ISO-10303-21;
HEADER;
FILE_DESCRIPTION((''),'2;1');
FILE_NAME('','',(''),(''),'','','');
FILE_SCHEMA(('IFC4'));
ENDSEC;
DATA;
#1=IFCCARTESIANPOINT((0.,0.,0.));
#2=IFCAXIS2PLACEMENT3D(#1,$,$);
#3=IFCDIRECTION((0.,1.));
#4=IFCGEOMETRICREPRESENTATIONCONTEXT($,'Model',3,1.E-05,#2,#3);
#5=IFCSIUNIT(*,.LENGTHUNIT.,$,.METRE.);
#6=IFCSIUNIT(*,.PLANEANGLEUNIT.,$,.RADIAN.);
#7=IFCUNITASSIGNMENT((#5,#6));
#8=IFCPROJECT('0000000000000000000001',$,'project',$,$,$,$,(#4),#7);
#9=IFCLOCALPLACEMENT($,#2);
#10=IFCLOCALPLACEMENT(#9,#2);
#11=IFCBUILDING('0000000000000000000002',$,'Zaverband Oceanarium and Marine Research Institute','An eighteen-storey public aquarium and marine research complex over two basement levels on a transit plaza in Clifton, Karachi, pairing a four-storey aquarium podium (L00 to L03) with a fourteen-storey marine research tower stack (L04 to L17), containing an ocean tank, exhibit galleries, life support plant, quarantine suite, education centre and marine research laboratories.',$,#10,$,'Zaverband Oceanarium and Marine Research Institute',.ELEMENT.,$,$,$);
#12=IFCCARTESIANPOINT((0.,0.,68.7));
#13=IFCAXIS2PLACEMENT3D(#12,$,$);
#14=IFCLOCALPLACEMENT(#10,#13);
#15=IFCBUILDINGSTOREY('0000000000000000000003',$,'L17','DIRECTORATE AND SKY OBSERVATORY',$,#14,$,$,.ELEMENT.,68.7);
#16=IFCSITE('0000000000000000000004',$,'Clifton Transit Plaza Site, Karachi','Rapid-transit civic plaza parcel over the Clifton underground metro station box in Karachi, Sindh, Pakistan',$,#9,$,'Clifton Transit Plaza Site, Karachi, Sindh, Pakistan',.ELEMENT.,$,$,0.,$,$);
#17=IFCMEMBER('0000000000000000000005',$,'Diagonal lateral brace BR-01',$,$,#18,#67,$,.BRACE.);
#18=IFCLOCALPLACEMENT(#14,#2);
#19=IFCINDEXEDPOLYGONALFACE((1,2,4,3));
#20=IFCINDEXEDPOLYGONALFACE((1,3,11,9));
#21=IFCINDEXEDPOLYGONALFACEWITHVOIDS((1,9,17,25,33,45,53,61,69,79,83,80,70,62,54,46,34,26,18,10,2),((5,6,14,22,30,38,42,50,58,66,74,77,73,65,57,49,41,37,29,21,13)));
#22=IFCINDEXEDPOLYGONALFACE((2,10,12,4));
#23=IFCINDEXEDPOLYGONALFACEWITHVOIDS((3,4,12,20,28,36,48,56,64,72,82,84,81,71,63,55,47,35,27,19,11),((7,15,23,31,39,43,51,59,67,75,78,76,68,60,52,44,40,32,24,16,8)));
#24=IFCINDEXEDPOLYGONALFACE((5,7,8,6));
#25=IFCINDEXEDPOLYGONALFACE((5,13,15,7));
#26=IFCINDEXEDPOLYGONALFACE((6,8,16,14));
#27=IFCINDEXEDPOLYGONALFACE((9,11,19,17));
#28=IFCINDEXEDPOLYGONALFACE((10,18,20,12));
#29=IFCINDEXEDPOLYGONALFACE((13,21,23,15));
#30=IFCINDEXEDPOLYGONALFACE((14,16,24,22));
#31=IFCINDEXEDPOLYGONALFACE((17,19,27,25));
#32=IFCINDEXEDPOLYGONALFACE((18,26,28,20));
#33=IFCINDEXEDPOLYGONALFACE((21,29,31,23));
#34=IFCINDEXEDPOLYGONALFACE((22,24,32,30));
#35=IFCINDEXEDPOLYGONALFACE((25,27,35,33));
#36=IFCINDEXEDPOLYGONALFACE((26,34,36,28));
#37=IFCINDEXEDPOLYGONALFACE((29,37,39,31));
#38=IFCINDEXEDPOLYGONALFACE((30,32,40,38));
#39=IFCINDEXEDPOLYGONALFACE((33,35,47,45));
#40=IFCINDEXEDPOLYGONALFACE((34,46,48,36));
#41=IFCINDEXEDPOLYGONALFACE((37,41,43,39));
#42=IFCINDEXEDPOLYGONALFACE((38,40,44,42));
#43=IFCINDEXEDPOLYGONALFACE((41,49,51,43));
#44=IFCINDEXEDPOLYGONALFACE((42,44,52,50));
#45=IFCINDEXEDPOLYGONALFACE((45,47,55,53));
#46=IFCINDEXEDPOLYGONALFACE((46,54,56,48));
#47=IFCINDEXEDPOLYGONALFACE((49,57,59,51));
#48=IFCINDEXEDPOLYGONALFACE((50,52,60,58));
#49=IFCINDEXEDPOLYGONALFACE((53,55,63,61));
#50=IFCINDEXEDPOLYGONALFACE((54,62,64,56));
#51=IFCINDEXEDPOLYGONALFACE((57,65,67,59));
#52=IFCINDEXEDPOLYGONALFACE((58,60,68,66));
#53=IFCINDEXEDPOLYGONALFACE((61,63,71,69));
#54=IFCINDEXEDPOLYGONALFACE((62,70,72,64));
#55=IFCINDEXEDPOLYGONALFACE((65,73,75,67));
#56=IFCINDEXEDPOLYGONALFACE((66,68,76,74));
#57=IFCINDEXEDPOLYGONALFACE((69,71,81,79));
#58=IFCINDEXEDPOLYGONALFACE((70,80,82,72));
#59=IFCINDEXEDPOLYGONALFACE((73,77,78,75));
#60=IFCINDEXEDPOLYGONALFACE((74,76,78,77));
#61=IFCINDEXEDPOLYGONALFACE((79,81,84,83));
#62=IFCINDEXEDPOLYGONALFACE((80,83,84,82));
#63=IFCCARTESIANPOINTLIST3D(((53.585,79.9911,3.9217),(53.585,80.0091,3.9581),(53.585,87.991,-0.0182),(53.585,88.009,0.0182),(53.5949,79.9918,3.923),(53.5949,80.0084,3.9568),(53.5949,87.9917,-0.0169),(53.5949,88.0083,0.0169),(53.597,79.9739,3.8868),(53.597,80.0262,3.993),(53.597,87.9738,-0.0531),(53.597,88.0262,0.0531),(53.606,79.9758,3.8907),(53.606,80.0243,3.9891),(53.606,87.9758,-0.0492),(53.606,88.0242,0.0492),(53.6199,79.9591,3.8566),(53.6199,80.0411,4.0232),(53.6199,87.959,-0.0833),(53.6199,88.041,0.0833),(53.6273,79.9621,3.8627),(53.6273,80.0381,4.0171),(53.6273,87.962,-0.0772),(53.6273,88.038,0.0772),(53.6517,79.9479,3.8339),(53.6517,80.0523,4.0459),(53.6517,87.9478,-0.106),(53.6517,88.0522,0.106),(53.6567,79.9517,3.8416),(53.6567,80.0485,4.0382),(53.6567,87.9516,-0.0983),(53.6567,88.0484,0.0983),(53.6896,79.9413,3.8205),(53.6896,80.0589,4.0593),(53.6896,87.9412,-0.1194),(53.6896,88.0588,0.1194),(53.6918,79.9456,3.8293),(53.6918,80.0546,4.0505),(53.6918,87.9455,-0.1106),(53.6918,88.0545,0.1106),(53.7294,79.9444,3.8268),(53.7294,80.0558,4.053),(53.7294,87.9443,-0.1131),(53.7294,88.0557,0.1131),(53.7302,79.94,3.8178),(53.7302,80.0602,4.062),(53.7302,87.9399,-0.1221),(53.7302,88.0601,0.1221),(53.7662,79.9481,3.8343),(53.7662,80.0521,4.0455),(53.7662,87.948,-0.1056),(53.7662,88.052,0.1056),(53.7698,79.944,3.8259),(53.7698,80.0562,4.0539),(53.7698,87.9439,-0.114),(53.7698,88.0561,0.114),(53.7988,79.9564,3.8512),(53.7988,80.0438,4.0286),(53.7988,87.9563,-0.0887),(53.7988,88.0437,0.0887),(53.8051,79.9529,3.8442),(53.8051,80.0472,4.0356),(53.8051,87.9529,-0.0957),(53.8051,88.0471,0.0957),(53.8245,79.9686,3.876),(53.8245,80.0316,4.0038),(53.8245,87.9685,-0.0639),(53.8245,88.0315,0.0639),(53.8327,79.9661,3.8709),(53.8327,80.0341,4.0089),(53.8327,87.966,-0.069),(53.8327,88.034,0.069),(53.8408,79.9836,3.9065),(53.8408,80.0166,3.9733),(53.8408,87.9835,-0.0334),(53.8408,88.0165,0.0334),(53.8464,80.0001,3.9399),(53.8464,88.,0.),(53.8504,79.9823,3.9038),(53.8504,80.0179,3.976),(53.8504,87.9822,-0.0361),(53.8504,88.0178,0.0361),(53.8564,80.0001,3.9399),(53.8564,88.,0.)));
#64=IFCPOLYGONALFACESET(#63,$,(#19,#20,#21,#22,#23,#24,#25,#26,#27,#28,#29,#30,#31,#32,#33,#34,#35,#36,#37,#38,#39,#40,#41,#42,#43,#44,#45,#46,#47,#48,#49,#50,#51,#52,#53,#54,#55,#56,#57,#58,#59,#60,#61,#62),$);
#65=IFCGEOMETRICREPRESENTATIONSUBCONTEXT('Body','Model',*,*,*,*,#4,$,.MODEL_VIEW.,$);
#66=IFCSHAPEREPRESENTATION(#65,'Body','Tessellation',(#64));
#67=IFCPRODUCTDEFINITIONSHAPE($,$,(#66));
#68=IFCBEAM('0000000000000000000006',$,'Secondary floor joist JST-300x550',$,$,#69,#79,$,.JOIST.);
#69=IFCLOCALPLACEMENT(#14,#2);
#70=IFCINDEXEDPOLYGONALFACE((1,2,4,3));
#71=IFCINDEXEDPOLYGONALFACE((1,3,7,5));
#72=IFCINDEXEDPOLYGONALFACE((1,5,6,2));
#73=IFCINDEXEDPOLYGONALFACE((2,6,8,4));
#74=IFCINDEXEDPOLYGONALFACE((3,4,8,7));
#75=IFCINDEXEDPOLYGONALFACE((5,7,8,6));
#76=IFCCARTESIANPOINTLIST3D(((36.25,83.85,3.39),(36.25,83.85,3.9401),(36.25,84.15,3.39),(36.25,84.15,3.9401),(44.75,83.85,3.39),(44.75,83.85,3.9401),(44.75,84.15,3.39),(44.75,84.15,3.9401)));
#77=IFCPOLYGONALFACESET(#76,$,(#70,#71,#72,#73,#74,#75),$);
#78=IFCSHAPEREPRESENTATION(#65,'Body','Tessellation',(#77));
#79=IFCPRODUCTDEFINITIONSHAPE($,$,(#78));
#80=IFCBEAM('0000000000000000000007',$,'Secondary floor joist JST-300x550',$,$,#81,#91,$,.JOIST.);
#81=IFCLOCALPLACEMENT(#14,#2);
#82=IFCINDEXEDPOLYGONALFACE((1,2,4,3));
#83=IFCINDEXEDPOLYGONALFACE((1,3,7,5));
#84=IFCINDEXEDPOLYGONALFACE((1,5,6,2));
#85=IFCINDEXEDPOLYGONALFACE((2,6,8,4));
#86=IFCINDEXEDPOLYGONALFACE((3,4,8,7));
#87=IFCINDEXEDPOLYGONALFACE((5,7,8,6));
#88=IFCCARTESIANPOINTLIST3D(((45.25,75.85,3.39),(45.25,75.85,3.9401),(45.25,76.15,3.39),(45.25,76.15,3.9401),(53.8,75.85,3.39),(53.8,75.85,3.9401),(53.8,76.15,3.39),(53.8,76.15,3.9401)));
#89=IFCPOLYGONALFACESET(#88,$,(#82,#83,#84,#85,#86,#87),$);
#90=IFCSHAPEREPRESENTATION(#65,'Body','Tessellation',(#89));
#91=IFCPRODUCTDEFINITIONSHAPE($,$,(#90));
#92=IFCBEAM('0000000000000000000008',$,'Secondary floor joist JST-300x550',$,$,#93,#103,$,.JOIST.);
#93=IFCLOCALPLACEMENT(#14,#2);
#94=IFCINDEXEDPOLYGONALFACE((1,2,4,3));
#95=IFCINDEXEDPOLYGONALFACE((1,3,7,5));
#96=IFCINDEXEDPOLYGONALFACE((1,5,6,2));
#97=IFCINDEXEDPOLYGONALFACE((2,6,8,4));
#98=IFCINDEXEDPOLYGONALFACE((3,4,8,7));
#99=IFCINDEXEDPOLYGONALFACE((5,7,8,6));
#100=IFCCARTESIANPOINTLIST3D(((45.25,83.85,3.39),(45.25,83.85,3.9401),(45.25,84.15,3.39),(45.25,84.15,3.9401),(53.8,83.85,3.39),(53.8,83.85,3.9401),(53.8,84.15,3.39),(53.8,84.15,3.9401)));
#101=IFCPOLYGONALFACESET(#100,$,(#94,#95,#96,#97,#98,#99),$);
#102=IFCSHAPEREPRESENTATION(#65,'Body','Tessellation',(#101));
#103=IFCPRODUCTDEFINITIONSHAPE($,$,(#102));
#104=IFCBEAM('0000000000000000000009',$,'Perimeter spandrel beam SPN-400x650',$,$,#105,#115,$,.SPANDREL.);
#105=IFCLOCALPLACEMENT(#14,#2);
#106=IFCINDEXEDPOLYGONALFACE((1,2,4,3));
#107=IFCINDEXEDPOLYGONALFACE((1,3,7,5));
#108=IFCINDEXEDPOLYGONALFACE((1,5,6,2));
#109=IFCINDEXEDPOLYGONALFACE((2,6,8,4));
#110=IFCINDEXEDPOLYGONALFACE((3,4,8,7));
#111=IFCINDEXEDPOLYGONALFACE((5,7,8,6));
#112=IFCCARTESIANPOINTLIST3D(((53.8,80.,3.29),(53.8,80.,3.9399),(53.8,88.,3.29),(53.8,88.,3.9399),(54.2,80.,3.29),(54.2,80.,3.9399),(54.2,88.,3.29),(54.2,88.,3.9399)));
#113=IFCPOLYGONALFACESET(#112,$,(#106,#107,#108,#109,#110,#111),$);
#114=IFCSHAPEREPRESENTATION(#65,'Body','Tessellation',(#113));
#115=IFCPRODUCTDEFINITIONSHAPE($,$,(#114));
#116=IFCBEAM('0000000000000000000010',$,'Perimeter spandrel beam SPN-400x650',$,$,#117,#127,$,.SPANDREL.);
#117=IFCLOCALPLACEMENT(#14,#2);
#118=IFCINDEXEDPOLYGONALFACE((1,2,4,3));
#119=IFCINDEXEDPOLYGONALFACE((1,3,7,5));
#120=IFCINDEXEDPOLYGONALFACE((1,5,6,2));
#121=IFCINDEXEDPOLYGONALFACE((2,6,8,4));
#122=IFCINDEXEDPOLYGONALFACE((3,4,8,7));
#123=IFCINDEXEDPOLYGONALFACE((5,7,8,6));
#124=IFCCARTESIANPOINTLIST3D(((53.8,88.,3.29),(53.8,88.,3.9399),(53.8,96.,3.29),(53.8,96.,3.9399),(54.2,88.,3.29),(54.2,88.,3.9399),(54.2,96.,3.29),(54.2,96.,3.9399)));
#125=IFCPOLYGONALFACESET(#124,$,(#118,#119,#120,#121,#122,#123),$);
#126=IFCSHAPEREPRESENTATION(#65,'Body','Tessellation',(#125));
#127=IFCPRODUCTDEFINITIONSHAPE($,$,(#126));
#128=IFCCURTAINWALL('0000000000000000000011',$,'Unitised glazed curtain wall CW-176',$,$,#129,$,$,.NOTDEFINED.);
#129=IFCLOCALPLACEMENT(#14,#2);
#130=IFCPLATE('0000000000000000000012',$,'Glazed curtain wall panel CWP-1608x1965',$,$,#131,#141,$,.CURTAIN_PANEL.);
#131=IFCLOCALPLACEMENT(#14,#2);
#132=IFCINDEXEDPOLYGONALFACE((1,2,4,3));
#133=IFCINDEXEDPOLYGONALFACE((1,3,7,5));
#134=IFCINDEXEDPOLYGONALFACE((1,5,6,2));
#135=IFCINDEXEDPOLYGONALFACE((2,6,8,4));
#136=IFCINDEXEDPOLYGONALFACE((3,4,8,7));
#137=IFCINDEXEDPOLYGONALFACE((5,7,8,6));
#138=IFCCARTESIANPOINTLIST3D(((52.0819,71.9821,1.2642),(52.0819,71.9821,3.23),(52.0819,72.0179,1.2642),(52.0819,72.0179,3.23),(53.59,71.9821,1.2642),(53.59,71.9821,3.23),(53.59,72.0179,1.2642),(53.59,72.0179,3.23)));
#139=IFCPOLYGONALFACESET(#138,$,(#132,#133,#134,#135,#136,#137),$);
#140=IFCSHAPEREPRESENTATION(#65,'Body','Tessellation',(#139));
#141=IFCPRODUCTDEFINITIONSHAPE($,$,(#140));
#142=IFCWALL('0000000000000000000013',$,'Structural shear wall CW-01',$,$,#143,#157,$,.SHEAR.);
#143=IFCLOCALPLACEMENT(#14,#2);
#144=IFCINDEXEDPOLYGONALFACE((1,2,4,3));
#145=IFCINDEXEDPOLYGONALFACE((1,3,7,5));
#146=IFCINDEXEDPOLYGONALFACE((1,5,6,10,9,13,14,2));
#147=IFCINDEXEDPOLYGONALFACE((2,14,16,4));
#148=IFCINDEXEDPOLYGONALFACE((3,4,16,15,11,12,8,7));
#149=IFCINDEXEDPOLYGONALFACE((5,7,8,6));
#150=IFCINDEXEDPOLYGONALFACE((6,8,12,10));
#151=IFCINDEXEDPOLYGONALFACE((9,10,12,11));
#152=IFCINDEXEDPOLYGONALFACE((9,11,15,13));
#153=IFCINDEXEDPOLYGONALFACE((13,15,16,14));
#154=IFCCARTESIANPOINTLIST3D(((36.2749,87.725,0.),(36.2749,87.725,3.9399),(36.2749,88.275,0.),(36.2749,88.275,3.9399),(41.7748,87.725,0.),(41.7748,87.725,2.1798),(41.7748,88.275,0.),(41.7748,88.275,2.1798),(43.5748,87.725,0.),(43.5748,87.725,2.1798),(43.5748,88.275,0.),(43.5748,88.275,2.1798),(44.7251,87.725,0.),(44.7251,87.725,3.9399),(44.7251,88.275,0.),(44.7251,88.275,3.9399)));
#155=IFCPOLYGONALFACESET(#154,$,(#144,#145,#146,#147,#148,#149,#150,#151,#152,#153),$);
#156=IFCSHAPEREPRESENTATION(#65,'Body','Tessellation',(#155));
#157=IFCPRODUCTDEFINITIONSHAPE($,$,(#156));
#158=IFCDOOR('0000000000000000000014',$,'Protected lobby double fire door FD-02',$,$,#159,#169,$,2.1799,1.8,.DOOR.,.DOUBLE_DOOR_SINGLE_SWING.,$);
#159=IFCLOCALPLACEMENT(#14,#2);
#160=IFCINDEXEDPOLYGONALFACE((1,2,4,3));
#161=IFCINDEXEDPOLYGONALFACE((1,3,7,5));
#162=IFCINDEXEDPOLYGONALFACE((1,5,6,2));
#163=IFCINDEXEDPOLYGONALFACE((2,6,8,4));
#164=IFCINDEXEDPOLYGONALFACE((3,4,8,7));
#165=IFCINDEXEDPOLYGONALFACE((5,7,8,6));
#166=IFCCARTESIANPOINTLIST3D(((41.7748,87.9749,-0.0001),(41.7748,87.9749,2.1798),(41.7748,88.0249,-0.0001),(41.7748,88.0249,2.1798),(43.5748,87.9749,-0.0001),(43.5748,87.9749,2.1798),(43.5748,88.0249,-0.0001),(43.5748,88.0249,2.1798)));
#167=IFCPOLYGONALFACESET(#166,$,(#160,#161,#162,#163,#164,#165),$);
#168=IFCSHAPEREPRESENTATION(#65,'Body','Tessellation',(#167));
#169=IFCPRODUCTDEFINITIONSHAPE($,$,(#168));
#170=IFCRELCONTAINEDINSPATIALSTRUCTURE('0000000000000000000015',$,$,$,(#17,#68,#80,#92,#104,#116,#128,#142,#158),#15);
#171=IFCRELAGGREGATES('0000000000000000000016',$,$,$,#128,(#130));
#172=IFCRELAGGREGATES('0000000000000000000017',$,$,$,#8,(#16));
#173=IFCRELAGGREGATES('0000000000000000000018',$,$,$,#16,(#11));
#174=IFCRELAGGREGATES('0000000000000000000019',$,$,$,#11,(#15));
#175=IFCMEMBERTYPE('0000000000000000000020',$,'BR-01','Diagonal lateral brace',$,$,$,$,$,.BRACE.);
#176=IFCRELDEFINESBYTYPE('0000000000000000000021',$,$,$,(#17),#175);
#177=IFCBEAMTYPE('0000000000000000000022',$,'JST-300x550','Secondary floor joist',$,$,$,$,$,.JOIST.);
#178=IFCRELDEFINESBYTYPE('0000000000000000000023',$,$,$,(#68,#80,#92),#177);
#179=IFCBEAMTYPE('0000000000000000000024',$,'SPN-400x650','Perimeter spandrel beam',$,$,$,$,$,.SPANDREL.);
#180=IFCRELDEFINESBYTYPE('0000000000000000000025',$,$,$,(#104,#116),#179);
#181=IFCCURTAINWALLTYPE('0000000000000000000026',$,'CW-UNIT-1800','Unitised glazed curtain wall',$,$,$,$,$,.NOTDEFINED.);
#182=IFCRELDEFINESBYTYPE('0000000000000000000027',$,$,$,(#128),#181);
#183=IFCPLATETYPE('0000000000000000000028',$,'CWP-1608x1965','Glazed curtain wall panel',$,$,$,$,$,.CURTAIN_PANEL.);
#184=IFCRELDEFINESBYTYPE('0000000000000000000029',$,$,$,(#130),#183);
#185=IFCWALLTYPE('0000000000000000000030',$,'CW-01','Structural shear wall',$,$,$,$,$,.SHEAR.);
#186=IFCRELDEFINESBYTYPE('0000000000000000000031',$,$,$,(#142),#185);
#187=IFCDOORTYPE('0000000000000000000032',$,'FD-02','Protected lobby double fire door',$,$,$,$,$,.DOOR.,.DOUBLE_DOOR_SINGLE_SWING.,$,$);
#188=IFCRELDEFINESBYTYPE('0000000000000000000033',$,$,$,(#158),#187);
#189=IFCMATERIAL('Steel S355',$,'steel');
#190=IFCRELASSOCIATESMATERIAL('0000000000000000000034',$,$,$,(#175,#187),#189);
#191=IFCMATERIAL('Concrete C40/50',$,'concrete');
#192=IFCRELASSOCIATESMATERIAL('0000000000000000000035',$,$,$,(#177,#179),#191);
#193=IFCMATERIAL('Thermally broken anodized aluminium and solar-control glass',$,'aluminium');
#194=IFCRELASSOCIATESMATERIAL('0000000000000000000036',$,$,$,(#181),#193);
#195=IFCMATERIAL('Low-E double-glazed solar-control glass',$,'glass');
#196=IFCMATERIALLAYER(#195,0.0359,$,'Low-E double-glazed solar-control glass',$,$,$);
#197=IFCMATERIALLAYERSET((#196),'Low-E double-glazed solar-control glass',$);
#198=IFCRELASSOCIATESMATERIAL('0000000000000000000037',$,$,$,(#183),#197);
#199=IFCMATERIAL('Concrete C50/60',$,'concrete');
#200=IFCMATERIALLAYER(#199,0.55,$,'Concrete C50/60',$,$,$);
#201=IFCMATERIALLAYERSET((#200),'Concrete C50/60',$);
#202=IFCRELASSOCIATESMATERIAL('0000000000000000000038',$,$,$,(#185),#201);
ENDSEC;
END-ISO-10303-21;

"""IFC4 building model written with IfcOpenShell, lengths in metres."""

from ifc_helpers import new_model, si_unit, direction, frame, frame_2d, origin, origin_2d, place, context, subcontext, project, spatial, rectangle, hollow_circle, extrude, material, layer, layer_set, material_profile, profile_set, type_object, element, fill, aggregate, save


model = new_model("IFC4")

# Units and contexts
model_context = context("Model", 3, precision=1e-05, world=origin(), true_north=direction((0.0, 1.0)))
body_context = subcontext(model_context, "Body", "Model", "MODEL_VIEW")
ifc_project = project(units=[si_unit("LENGTHUNIT", "METRE"), si_unit("PLANEANGLEUNIT", "RADIAN")], contexts=[model_context])

# Site, building, storey
site_placement = place(None, origin())
site = spatial("IfcSite", under=ifc_project, at=site_placement, Name="Clifton Transit Plaza Site, Karachi", Description="Rapid-transit civic plaza parcel over the Clifton underground metro station box in Karachi, Sindh, Pakistan", LongName="Clifton Transit Plaza Site, Karachi, Sindh, Pakistan", CompositionType="ELEMENT", RefElevation=0.0)
building_placement = place(site_placement, origin())
building = spatial("IfcBuilding", under=site, at=building_placement, Name="Zaverband Oceanarium and Marine Research Institute", Description="An eighteen-storey public aquarium and marine research complex over two basement levels on a transit plaza in Clifton, Karachi, pairing a four-storey aquarium podium (L00 to L03) with a fourteen-storey marine research tower stack (L04 to L17), containing an ocean tank, exhibit galleries, life support plant, quarantine suite, education centre and marine research laboratories.", LongName="Zaverband Oceanarium and Marine Research Institute", CompositionType="ELEMENT")
storey_placement = place(building_placement, frame((0.0, 0.0, 68.7)))
storey = spatial("IfcBuildingStorey", under=building, at=storey_placement, Name="L17", Description="DIRECTORATE AND SKY OBSERVATORY", CompositionType="ELEMENT", Elevation=68.7)

# Shared definitions
ifc_material_1 = material(Name="Concrete C50/60", Category="concrete")

# Shared definitions
ifc_material_2 = material(Name="Concrete C40/50", Category="concrete")

# Member
ifc_material_3 = material(Name="Steel S355", Category="steel")
ifc_material_profile_1 = material_profile(ifc_material_3, hollow_circle(Radius=0.1365, WallThickness=0.01, at=origin_2d()), Name="CHS273x10")
ifc_profile_set_1 = profile_set([ifc_material_profile_1], Name="Steel S355")
member_type = type_object("IfcMemberType", Name="BR-01", Description="Diagonal lateral brace", PredefinedType="BRACE", material=ifc_profile_set_1)
for number, where, z_axis, x_axis, name in (
    (1, (53.72, 88.0, 0.0), (0.0, -0.897105, 0.441818), (1.0, 0.0, 0.0), "Diagonal lateral brace BR-01"),
):
    element("IfcMember", number, at=place(storey_placement, frame(where, z_axis=z_axis, x_axis=x_axis)), inside=storey, type_object=member_type, Name=name, PredefinedType="BRACE", context=body_context, shape_type="SweptSolid", body=[
        extrude(hollow_circle(Radius=0.1365, WallThickness=0.01, at=origin_2d()), origin(), (0.0, 0.0, 1.0), 8.9175),
    ])

# Beams
ifc_material_profile_2 = material_profile(ifc_material_2, rectangle(XDim=0.3, YDim=0.55, at=origin_2d()), Name="RC300x550")
ifc_profile_set_2 = profile_set([ifc_material_profile_2], Name="Concrete C40/50")
beam_type_1 = type_object("IfcBeamType", Name="JST-300x550", Description="Secondary floor joist", PredefinedType="JOIST", material=ifc_profile_set_2)
beam_placement = place(storey_placement, frame((36.25, 84.0, 3.665), z_axis=(1.0, 0.0, 0.0), x_axis=(0.0, 1.0, 0.0)))
element("IfcBeam", 2, at=beam_placement, inside=storey, type_object=beam_type_1, Name="Secondary floor joist JST-300x550", PredefinedType="JOIST", context=body_context, shape_type="SweptSolid", body=[
    extrude(rectangle(XDim=0.3, YDim=0.55, at=origin_2d()), origin(), (0.0, 0.0, 1.0), 8.5),
])
for number, where, z_axis, x_axis, name in (
    (3, (45.25, 76.0, 3.665), (1.0, 0.0, 0.0), (0.0, 1.0, 0.0), "Secondary floor joist JST-300x550"),
    (4, (45.25, 84.0, 3.665), (1.0, 0.0, 0.0), (0.0, 1.0, 0.0), "Secondary floor joist JST-300x550"),
):
    element("IfcBeam", number, at=place(storey_placement, frame(where, z_axis=z_axis, x_axis=x_axis)), inside=storey, type_object=beam_type_1, Name=name, PredefinedType="JOIST", context=body_context, shape_type="SweptSolid", body=[
        extrude(rectangle(XDim=0.3, YDim=0.55, at=origin_2d()), origin(), (0.0, 0.0, 1.0), 8.55),
    ])
ifc_material_profile_3 = material_profile(ifc_material_2, rectangle(XDim=0.3999, YDim=0.6499, at=origin_2d()), Name="RC400x650")
ifc_profile_set_3 = profile_set([ifc_material_profile_3], Name="Concrete C40/50")
beam_type_2 = type_object("IfcBeamType", Name="SPN-400x650", Description="Perimeter spandrel beam", PredefinedType="SPANDREL", material=ifc_profile_set_3)
for number, where, z_axis, x_axis, name in (
    (5, (54.0, 80.0, 3.615), (0.0, 1.0, 0.0), (-1.0, 0.0, 0.0), "Perimeter spandrel beam SPN-400x650"),
    (6, (54.0, 88.0, 3.615), (0.0, 1.0, 0.0), (-1.0, 0.0, 0.0), "Perimeter spandrel beam SPN-400x650"),
):
    element("IfcBeam", number, at=place(storey_placement, frame(where, z_axis=z_axis, x_axis=x_axis)), inside=storey, type_object=beam_type_2, Name=name, PredefinedType="SPANDREL", context=body_context, shape_type="SweptSolid", body=[
        extrude(rectangle(XDim=0.3999, YDim=0.6499, at=origin_2d()), origin(), (0.0, 0.0, 1.0), 8.0),
    ])

# Curtain wall, plate
ifc_material_4 = material(Name="Thermally broken anodized aluminium and solar-control glass", Category="aluminium")
curtain_wall_type = type_object("IfcCurtainWallType", Name="CW-UNIT-1800", Description="Unitised glazed curtain wall", PredefinedType="NOTDEFINED", material=ifc_material_4)
curtain_wall_placement = place(storey_placement, origin())
curtain_wall = element("IfcCurtainWall", 7, at=curtain_wall_placement, inside=storey, type_object=curtain_wall_type, Name="Unitised glazed curtain wall CW-176", PredefinedType="NOTDEFINED")
ifc_material_5 = material(Name="Low-E double-glazed solar-control glass", Category="glass")
ifc_layer_1 = layer(ifc_material_5, 0.0359, Name="Low-E double-glazed solar-control glass")
ifc_layer_set_1 = layer_set([ifc_layer_1], Name="Low-E double-glazed solar-control glass")
plate_type = type_object("IfcPlateType", Name="CWP-1608x1965", Description="Glazed curtain wall panel", PredefinedType="CURTAIN_PANEL", material=ifc_layer_set_1)
plate_placement = place(storey_placement, frame((52.082, 72.0, 1.2642), z_axis=(0.0, 0.0, 1.0), x_axis=(1.0, 0.0, 0.0)))
plate = element("IfcPlate", 8, at=plate_placement, type_object=plate_type, Name="Glazed curtain wall panel CWP-1608x1965", PredefinedType="CURTAIN_PANEL", context=body_context, shape_type="SweptSolid", body=[
    extrude(rectangle(XDim=1.5081, YDim=0.0359, at=frame_2d((0.7539, 0.0))), origin(), (0.0, 0.0, 1.0), 1.9658),
])
aggregate(curtain_wall, [plate])

# Wall, opening, door
ifc_layer_2 = layer(ifc_material_1, 0.55, Name="Concrete C50/60")
ifc_layer_set_2 = layer_set([ifc_layer_2], Name="Concrete C50/60")
wall_type_1 = type_object("IfcWallType", Name="CW-01", Description="Structural shear wall", PredefinedType="SHEAR", material=ifc_layer_set_2)
wall_1_placement = place(storey_placement, frame((36.2749, 88.0, 0.0), z_axis=(0.0, 0.0, 1.0), x_axis=(1.0, 0.0, 0.0)))
wall_1 = element("IfcWall", 9, at=wall_1_placement, inside=storey, type_object=wall_type_1, Name="Structural shear wall CW-01", PredefinedType="SHEAR", context=body_context, shape_type="SweptSolid", body=[
    extrude(rectangle(XDim=8.4502, YDim=0.55, at=frame_2d((4.2251, 0.0))), origin(), (0.0, 0.0, 1.0), 3.9399),
])
opening_1_placement = place(wall_1_placement, frame((5.5, 0.0, 0.0)))
opening_1 = element("IfcOpeningElement", 10, at=opening_1_placement, cuts=wall_1, PredefinedType="OPENING", context=body_context, shape_type="SweptSolid", body=[
    extrude(rectangle(XDim=1.8, YDim=2.1799, at=frame_2d((0.8999, 1.0898))), frame((0.0, 0.2871, 0.0), z_axis=(0.0, -1.0, 0.0), x_axis=(1.0, 0.0, 0.0)), (0.0, 0.0, 1.0), 0.574),
])
door_type_1 = type_object("IfcDoorType", Name="FD-02", Description="Protected lobby double fire door", OperationType="DOUBLE_DOOR_SINGLE_SWING", PredefinedType="DOOR", material=ifc_material_3)
door_1_placement = place(opening_1_placement, origin())
door_1 = element("IfcDoor", 11, at=door_1_placement, inside=storey, type_object=door_type_1, Name="Protected lobby double fire door FD-02", OperationType="DOUBLE_DOOR_SINGLE_SWING", OverallHeight=2.1799, OverallWidth=1.8, PredefinedType="DOOR", context=body_context, shape_type="SweptSolid", body=[
    extrude(rectangle(XDim=1.8, YDim=2.1799, at=frame_2d((0.8999, 1.0898))), frame((0.0, 0.0249, 0.0), z_axis=(0.0, -1.0, 0.0), x_axis=(1.0, 0.0, 0.0)), (0.0, 0.0, 1.0), 0.05),
])
fill(opening_1, door_1)

save(model, "model.ifc")
